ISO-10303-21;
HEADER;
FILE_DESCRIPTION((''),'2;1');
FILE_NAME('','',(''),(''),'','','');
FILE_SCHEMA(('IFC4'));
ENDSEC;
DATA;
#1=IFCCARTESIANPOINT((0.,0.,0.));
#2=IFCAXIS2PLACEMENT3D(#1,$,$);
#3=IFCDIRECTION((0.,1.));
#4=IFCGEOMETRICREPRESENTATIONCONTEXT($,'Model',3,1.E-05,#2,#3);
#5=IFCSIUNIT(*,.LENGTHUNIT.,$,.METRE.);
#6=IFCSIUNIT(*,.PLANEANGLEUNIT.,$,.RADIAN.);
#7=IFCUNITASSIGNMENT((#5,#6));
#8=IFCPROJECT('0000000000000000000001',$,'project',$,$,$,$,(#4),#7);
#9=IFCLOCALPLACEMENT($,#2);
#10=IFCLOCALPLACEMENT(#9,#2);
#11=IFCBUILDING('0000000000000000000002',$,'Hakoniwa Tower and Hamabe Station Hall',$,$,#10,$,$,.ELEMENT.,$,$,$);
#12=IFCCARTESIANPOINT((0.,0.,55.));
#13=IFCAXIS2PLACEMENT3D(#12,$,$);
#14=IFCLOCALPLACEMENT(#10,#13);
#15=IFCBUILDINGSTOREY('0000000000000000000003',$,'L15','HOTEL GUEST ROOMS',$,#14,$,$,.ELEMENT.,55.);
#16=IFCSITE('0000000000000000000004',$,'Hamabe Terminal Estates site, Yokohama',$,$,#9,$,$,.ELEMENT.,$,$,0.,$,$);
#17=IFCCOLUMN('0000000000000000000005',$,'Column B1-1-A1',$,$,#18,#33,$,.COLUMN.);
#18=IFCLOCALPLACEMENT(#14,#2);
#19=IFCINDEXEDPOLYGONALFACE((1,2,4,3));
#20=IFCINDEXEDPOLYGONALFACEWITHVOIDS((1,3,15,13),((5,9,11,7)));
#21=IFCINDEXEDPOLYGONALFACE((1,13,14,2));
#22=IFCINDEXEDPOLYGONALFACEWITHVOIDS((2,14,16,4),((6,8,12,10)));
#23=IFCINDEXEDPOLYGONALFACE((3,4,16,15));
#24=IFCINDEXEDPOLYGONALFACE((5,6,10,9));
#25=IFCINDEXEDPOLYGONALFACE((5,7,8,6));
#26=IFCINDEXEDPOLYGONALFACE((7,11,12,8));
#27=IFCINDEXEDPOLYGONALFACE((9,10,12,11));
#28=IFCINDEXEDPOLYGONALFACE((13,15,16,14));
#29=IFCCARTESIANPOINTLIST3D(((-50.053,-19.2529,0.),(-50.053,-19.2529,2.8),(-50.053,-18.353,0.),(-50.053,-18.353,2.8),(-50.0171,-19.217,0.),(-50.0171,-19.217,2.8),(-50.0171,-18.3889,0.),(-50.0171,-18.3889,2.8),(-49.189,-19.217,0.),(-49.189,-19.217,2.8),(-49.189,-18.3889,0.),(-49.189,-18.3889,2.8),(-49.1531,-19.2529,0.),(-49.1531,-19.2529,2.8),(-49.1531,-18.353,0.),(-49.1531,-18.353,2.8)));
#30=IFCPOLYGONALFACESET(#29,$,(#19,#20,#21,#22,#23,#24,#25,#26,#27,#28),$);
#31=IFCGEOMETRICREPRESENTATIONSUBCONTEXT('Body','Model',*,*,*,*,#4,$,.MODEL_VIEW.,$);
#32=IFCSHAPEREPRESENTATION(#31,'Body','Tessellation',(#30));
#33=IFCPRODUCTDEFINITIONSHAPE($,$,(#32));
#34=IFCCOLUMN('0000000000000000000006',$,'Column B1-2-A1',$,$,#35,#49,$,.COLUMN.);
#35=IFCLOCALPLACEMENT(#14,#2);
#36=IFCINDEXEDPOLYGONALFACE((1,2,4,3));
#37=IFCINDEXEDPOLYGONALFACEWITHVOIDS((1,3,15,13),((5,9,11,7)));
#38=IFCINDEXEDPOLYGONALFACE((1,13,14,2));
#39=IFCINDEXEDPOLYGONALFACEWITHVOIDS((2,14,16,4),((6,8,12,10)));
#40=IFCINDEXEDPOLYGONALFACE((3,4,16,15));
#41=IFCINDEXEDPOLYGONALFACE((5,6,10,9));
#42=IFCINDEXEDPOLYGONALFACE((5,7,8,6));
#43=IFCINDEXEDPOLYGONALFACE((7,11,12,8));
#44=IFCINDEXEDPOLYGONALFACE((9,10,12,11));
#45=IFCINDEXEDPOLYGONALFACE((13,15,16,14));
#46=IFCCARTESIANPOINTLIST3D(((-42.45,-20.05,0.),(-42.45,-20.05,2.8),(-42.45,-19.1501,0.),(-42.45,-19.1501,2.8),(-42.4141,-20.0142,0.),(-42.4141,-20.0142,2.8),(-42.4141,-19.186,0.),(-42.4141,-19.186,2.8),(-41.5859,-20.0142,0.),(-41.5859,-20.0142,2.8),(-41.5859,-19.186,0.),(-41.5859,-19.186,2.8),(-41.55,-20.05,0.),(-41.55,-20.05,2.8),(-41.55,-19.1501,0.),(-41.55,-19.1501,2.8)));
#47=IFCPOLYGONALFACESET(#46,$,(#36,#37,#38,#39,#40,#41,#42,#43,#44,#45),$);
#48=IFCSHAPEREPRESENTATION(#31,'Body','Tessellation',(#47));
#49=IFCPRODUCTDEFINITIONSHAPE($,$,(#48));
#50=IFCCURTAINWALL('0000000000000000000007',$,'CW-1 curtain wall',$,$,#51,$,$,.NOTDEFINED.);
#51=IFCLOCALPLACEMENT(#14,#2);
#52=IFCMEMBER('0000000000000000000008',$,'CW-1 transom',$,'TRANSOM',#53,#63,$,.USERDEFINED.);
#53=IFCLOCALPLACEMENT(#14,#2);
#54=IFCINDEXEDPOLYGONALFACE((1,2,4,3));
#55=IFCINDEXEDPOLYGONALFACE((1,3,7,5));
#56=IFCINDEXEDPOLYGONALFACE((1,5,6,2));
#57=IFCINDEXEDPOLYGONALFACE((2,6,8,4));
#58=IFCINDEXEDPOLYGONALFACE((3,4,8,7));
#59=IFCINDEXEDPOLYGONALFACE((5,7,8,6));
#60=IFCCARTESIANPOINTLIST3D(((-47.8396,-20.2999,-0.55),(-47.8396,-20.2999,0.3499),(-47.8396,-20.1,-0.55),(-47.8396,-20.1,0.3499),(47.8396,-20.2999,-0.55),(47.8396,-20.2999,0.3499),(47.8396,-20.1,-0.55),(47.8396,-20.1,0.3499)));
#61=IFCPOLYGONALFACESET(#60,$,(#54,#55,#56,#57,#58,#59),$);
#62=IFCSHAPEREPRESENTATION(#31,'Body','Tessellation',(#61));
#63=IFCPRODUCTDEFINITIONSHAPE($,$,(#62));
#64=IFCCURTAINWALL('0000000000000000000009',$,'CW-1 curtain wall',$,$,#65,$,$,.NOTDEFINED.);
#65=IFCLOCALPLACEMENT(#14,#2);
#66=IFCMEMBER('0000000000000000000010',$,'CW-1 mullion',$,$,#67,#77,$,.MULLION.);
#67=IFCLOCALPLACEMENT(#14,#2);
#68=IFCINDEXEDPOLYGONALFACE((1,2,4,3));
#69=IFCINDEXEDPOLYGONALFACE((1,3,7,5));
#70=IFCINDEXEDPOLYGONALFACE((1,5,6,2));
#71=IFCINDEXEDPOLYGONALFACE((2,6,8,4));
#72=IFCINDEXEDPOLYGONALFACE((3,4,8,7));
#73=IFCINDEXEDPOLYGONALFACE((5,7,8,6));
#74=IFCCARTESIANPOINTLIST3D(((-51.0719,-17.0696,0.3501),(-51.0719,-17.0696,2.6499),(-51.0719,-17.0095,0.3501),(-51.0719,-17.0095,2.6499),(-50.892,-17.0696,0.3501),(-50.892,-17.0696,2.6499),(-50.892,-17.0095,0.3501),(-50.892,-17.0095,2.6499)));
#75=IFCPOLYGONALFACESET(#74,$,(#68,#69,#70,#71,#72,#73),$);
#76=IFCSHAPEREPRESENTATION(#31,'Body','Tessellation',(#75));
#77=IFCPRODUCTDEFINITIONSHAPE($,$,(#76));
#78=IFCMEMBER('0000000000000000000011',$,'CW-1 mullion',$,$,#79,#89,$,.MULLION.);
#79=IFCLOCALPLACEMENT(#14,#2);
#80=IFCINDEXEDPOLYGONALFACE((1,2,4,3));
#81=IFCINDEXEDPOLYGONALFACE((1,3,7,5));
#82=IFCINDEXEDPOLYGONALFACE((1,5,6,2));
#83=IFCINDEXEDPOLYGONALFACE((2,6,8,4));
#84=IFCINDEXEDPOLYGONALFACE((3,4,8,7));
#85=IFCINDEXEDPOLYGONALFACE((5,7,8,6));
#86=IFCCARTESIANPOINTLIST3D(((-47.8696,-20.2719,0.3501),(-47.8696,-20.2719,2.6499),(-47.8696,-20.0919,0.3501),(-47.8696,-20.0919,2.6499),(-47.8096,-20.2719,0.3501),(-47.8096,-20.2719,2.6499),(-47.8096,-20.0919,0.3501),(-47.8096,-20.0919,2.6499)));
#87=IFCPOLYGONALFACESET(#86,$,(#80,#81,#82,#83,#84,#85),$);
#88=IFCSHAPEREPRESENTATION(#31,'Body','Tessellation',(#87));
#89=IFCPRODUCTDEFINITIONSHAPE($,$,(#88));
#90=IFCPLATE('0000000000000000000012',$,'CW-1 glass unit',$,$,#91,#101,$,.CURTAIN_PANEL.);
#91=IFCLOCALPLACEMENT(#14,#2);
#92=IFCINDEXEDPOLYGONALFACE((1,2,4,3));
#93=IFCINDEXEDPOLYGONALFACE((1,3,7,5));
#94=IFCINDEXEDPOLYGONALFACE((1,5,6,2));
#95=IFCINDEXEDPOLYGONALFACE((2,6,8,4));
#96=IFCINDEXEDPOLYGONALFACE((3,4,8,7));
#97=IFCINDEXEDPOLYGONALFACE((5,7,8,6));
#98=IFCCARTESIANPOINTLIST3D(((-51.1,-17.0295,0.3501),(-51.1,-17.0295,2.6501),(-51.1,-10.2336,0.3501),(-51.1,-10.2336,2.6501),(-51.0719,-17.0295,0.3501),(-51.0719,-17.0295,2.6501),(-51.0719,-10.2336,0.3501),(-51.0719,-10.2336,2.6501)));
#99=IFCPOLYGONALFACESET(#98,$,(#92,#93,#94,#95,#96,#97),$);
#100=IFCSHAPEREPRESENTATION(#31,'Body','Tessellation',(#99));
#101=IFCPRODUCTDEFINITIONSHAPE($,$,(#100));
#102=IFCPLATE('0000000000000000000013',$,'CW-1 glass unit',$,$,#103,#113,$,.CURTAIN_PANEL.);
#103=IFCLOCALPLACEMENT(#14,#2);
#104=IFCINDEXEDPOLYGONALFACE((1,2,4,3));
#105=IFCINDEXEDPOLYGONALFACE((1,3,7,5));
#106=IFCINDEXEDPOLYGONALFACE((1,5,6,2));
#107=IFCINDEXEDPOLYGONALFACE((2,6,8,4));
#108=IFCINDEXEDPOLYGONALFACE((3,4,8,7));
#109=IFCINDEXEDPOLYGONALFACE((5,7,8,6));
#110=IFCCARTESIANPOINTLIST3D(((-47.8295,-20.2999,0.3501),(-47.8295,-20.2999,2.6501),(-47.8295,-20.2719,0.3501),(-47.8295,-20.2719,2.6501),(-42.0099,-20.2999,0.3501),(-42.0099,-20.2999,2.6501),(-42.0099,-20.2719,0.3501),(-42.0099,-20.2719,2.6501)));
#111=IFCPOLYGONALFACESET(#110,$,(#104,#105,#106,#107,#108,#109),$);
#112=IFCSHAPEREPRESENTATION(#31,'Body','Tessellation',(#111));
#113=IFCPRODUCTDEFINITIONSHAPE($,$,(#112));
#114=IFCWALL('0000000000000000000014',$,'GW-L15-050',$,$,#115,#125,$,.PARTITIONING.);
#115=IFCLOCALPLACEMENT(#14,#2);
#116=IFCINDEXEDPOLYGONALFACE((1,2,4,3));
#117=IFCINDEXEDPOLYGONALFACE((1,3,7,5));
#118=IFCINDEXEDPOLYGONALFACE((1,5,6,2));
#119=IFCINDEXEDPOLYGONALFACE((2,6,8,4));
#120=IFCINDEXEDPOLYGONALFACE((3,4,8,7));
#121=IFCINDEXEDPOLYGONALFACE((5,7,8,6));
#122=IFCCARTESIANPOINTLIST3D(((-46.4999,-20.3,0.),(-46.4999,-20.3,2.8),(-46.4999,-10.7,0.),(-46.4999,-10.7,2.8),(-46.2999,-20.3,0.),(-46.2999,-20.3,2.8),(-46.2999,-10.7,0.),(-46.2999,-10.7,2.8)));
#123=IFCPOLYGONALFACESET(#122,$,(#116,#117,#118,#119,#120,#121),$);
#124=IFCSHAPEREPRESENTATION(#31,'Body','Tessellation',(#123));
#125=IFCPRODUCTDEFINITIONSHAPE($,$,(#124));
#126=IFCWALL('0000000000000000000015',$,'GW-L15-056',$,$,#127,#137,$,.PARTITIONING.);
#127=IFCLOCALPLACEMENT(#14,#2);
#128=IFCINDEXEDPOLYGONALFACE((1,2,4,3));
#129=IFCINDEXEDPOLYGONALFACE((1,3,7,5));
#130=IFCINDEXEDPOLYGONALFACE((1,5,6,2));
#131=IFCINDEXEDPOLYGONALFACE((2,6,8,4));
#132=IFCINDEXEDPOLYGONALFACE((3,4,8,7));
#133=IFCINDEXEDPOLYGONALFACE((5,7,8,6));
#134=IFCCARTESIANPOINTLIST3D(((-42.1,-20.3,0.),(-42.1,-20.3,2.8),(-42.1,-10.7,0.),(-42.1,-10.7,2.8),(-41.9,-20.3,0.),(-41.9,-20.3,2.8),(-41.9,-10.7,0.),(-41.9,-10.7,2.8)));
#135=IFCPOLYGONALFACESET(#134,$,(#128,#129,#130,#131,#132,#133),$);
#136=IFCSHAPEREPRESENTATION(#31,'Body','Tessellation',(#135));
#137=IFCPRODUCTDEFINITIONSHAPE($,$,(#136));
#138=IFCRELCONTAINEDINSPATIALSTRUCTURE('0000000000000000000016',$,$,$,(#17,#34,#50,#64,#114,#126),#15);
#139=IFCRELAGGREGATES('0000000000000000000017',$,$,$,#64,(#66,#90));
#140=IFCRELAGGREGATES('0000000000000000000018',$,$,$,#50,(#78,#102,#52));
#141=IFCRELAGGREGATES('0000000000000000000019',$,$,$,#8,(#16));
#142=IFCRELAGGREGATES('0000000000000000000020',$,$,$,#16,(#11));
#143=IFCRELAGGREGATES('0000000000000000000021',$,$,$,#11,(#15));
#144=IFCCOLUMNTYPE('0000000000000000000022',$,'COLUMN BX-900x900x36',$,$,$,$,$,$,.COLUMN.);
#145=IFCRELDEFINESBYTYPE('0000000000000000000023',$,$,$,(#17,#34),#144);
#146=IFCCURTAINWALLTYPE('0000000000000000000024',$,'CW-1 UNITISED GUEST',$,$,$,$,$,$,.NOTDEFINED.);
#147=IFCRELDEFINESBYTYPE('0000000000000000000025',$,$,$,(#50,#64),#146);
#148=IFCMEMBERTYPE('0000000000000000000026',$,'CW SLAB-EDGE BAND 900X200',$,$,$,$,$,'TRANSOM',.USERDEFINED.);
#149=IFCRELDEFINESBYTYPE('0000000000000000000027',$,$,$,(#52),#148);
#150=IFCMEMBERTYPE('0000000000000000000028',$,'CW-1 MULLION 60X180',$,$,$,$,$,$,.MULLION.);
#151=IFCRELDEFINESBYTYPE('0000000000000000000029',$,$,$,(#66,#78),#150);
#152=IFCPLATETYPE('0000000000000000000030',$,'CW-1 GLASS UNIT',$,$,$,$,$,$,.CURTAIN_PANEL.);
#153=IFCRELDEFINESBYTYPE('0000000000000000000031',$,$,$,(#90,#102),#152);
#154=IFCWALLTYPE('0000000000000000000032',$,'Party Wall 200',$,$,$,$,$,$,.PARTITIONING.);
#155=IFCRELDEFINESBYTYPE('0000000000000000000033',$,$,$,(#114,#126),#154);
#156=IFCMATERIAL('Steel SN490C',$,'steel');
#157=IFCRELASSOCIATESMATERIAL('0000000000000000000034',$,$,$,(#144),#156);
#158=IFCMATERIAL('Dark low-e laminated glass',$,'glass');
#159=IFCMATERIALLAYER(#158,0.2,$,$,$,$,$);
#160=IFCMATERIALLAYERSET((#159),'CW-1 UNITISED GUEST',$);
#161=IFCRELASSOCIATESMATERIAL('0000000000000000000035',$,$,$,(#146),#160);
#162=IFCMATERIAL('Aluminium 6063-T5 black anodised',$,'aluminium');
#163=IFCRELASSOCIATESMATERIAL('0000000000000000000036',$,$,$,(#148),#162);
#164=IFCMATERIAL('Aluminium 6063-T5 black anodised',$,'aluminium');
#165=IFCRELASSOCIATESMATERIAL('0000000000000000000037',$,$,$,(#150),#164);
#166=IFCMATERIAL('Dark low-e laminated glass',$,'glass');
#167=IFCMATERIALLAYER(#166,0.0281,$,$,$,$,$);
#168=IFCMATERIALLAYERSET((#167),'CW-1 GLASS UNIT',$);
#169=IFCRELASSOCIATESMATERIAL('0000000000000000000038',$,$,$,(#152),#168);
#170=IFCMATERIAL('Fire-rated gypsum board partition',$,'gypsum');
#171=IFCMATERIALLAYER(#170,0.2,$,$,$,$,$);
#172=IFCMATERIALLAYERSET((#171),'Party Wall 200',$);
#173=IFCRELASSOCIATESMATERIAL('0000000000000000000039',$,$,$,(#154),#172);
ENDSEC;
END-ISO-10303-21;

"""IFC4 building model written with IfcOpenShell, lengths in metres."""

from ifc_helpers import new_model, si_unit, direction, frame, frame_2d, origin, origin_2d, place, context, subcontext, project, spatial, rectangle, hollow_rectangle, extrude, material, layer, layer_set, material_profile, profile_set, type_object, element, aggregate, save


model = new_model("IFC4")

# Units and contexts
model_context = context("Model", 3, precision=1e-05, world=origin(), true_north=direction((0.0, 1.0)))
body_context = subcontext(model_context, "Body", "Model", "MODEL_VIEW")
ifc_project = project(units=[si_unit("LENGTHUNIT", "METRE"), si_unit("PLANEANGLEUNIT", "RADIAN")], contexts=[model_context])

# Site, building, storey
site_placement = place(None, origin())
site = spatial("IfcSite", under=ifc_project, at=site_placement, Name="Hamabe Terminal Estates site, Yokohama", CompositionType="ELEMENT", RefElevation=0.0)
building_placement = place(site_placement, origin())
building = spatial("IfcBuilding", under=site, at=building_placement, Name="Hakoniwa Tower and Hamabe Station Hall", CompositionType="ELEMENT")
storey_placement = place(building_placement, frame((0.0, 0.0, 55.0)))
storey = spatial("IfcBuildingStorey", under=building, at=storey_placement, Name="L15", Description="HOTEL GUEST ROOMS", CompositionType="ELEMENT", Elevation=55.0)

# Columns
ifc_material_1 = material(Name="Steel SN490C", Category="steel")
ifc_material_profile_1 = material_profile(ifc_material_1, hollow_rectangle(XDim=0.8999, YDim=0.8999, WallThickness=0.0359, at=origin_2d()), Name="BX-900x900x36")
ifc_profile_set_1 = profile_set([ifc_material_profile_1], Name="Steel SN490C")
column_type = type_object("IfcColumnType", Name="COLUMN BX-900x900x36", PredefinedType="COLUMN", material=ifc_profile_set_1)
for number, where, z_axis, x_axis, name in (
    (1, (-49.603, -18.803, 0.0), (0.0, 0.0, 1.0), (1.0, 0.0, 0.0), "Column B1-1-A1"),
    (2, (-42.0, -19.6001, 0.0), (0.0, 0.0, 1.0), (1.0, 0.0, 0.0), "Column B1-2-A1"),
):
    element("IfcColumn", number, at=place(storey_placement, frame(where, z_axis=z_axis, x_axis=x_axis)), inside=storey, type_object=column_type, Name=name, PredefinedType="COLUMN", context=body_context, shape_type="SweptSolid", body=[
        extrude(hollow_rectangle(XDim=0.8999, YDim=0.8999, WallThickness=0.0359, at=origin_2d()), origin(), (0.0, 0.0, 1.0), 2.8),
    ])

# Curtain walls, members
ifc_material_2 = material(Name="Dark low-e laminated glass", Category="glass")
ifc_layer_1 = layer(ifc_material_2, 0.2)
ifc_layer_set_1 = layer_set([ifc_layer_1], Name="CW-1 UNITISED GUEST")
curtain_wall_type = type_object("IfcCurtainWallType", Name="CW-1 UNITISED GUEST", PredefinedType="NOTDEFINED", material=ifc_layer_set_1)
curtain_wall_1_placement = place(storey_placement, origin())
curtain_wall_1 = element("IfcCurtainWall", 3, at=curtain_wall_1_placement, inside=storey, type_object=curtain_wall_type, Name="CW-1 curtain wall", PredefinedType="NOTDEFINED")
ifc_material_3 = material(Name="Aluminium 6063-T5 black anodised", Category="aluminium")
ifc_material_profile_2 = material_profile(ifc_material_3, rectangle(XDim=0.2, YDim=0.8999, at=origin_2d()), Name="CW SLAB-EDGE BAND 900X200")
ifc_profile_set_2 = profile_set([ifc_material_profile_2], Name="Aluminium 6063-T5 black anodised")
member_type_1 = type_object("IfcMemberType", Name="CW SLAB-EDGE BAND 900X200", ElementType="TRANSOM", PredefinedType="USERDEFINED", material=ifc_profile_set_2)
member_1_placement = place(storey_placement, frame((-47.8396, -20.2, -0.1001), z_axis=(1.0, 0.0, 0.0), x_axis=(0.0, 1.0, 0.0)))
member_1 = element("IfcMember", 4, at=member_1_placement, type_object=member_type_1, Name="CW-1 transom", ObjectType="TRANSOM", PredefinedType="USERDEFINED", context=body_context, shape_type="SweptSolid", body=[
    extrude(rectangle(XDim=0.2, YDim=0.8999, at=origin_2d()), origin(), (0.0, 0.0, 1.0), 95.6792),
])
curtain_wall_2_placement = place(storey_placement, origin())
curtain_wall_2 = element("IfcCurtainWall", 5, at=curtain_wall_2_placement, inside=storey, type_object=curtain_wall_type, Name="CW-1 curtain wall", PredefinedType="NOTDEFINED")
ifc_material_4 = material(Name="Aluminium 6063-T5 black anodised", Category="aluminium")
ifc_material_profile_3 = material_profile(ifc_material_4, rectangle(XDim=0.0601, YDim=0.1799, at=origin_2d()), Name="CW-1 MULLION 60X180")
ifc_profile_set_3 = profile_set([ifc_material_profile_3], Name="Aluminium 6063-T5 black anodised")
member_type_2 = type_object("IfcMemberType", Name="CW-1 MULLION 60X180", PredefinedType="MULLION", material=ifc_profile_set_3)
member_2_placement = place(storey_placement, frame((-50.9819, -17.0396, 0.3501), z_axis=(0.0, 0.0, 1.0), x_axis=(0.0, -1.0, 0.0)))
member_2 = element("IfcMember", 6, at=member_2_placement, type_object=member_type_2, Name="CW-1 mullion", PredefinedType="MULLION", context=body_context, shape_type="SweptSolid", body=[
    extrude(rectangle(XDim=0.0601, YDim=0.1799, at=origin_2d()), origin(), (0.0, 0.0, 1.0), 2.2998),
])

# Member
member_3_placement = place(storey_placement, frame((-47.8396, -20.1819, 0.3501), z_axis=(0.0, 0.0, 1.0), x_axis=(1.0, 0.0, 0.0)))
member_3 = element("IfcMember", 7, at=member_3_placement, type_object=member_type_2, Name="CW-1 mullion", PredefinedType="MULLION", context=body_context, shape_type="SweptSolid", body=[
    extrude(rectangle(XDim=0.0601, YDim=0.1799, at=origin_2d()), origin(), (0.0, 0.0, 1.0), 2.2998),
])

# Plates
ifc_material_5 = material(Name="Dark low-e laminated glass", Category="glass")
ifc_layer_2 = layer(ifc_material_5, 0.0281)
ifc_layer_set_2 = layer_set([ifc_layer_2], Name="CW-1 GLASS UNIT")
plate_type = type_object("IfcPlateType", Name="CW-1 GLASS UNIT", PredefinedType="CURTAIN_PANEL", material=ifc_layer_set_2)
plate_1_placement = place(storey_placement, frame((-51.0859, -13.6316, 0.3501), z_axis=(0.0, 0.0, 1.0), x_axis=(0.0, -1.0, 0.0)))
plate_1 = element("IfcPlate", 8, at=plate_1_placement, type_object=plate_type, Name="CW-1 glass unit", PredefinedType="CURTAIN_PANEL", context=body_context, shape_type="SweptSolid", body=[
    extrude(rectangle(XDim=6.7959, YDim=0.0281, at=origin_2d()), origin(), (0.0, 0.0, 1.0), 2.3),
])
aggregate(curtain_wall_2, [member_2, plate_1])
plate_2_placement = place(storey_placement, frame((-44.9197, -20.2859, 0.3501), z_axis=(0.0, 0.0, 1.0), x_axis=(1.0, 0.0, 0.0)))
plate_2 = element("IfcPlate", 9, at=plate_2_placement, type_object=plate_type, Name="CW-1 glass unit", PredefinedType="CURTAIN_PANEL", context=body_context, shape_type="SweptSolid", body=[
    extrude(rectangle(XDim=5.8196, YDim=0.0281, at=origin_2d()), origin(), (0.0, 0.0, 1.0), 2.3),
])
aggregate(curtain_wall_1, [member_3, plate_2, member_1])

# Walls
ifc_material_6 = material(Name="Fire-rated gypsum board partition", Category="gypsum")
ifc_layer_3 = layer(ifc_material_6, 0.2)
ifc_layer_set_3 = layer_set([ifc_layer_3], Name="Party Wall 200")
wall_type = type_object("IfcWallType", Name="Party Wall 200", PredefinedType="PARTITIONING", material=ifc_layer_set_3)
for number, where, z_axis, x_axis, name in (
    (10, (-46.3999, -20.3, 0.0), (0.0, 0.0, 1.0), (0.0, 1.0, 0.0), "GW-L15-050"),
    (11, (-42.0, -20.3, 0.0), (0.0, 0.0, 1.0), (0.0, 1.0, 0.0), "GW-L15-056"),
):
    element("IfcWall", number, at=place(storey_placement, frame(where, z_axis=z_axis, x_axis=x_axis)), inside=storey, type_object=wall_type, Name=name, PredefinedType="PARTITIONING", context=body_context, shape_type="SweptSolid", body=[
        extrude(rectangle(XDim=9.6001, YDim=0.2, at=frame_2d((4.8, 0.0))), origin(), (0.0, 0.0, 1.0), 2.8),
    ])

save(model, "model.ifc")
